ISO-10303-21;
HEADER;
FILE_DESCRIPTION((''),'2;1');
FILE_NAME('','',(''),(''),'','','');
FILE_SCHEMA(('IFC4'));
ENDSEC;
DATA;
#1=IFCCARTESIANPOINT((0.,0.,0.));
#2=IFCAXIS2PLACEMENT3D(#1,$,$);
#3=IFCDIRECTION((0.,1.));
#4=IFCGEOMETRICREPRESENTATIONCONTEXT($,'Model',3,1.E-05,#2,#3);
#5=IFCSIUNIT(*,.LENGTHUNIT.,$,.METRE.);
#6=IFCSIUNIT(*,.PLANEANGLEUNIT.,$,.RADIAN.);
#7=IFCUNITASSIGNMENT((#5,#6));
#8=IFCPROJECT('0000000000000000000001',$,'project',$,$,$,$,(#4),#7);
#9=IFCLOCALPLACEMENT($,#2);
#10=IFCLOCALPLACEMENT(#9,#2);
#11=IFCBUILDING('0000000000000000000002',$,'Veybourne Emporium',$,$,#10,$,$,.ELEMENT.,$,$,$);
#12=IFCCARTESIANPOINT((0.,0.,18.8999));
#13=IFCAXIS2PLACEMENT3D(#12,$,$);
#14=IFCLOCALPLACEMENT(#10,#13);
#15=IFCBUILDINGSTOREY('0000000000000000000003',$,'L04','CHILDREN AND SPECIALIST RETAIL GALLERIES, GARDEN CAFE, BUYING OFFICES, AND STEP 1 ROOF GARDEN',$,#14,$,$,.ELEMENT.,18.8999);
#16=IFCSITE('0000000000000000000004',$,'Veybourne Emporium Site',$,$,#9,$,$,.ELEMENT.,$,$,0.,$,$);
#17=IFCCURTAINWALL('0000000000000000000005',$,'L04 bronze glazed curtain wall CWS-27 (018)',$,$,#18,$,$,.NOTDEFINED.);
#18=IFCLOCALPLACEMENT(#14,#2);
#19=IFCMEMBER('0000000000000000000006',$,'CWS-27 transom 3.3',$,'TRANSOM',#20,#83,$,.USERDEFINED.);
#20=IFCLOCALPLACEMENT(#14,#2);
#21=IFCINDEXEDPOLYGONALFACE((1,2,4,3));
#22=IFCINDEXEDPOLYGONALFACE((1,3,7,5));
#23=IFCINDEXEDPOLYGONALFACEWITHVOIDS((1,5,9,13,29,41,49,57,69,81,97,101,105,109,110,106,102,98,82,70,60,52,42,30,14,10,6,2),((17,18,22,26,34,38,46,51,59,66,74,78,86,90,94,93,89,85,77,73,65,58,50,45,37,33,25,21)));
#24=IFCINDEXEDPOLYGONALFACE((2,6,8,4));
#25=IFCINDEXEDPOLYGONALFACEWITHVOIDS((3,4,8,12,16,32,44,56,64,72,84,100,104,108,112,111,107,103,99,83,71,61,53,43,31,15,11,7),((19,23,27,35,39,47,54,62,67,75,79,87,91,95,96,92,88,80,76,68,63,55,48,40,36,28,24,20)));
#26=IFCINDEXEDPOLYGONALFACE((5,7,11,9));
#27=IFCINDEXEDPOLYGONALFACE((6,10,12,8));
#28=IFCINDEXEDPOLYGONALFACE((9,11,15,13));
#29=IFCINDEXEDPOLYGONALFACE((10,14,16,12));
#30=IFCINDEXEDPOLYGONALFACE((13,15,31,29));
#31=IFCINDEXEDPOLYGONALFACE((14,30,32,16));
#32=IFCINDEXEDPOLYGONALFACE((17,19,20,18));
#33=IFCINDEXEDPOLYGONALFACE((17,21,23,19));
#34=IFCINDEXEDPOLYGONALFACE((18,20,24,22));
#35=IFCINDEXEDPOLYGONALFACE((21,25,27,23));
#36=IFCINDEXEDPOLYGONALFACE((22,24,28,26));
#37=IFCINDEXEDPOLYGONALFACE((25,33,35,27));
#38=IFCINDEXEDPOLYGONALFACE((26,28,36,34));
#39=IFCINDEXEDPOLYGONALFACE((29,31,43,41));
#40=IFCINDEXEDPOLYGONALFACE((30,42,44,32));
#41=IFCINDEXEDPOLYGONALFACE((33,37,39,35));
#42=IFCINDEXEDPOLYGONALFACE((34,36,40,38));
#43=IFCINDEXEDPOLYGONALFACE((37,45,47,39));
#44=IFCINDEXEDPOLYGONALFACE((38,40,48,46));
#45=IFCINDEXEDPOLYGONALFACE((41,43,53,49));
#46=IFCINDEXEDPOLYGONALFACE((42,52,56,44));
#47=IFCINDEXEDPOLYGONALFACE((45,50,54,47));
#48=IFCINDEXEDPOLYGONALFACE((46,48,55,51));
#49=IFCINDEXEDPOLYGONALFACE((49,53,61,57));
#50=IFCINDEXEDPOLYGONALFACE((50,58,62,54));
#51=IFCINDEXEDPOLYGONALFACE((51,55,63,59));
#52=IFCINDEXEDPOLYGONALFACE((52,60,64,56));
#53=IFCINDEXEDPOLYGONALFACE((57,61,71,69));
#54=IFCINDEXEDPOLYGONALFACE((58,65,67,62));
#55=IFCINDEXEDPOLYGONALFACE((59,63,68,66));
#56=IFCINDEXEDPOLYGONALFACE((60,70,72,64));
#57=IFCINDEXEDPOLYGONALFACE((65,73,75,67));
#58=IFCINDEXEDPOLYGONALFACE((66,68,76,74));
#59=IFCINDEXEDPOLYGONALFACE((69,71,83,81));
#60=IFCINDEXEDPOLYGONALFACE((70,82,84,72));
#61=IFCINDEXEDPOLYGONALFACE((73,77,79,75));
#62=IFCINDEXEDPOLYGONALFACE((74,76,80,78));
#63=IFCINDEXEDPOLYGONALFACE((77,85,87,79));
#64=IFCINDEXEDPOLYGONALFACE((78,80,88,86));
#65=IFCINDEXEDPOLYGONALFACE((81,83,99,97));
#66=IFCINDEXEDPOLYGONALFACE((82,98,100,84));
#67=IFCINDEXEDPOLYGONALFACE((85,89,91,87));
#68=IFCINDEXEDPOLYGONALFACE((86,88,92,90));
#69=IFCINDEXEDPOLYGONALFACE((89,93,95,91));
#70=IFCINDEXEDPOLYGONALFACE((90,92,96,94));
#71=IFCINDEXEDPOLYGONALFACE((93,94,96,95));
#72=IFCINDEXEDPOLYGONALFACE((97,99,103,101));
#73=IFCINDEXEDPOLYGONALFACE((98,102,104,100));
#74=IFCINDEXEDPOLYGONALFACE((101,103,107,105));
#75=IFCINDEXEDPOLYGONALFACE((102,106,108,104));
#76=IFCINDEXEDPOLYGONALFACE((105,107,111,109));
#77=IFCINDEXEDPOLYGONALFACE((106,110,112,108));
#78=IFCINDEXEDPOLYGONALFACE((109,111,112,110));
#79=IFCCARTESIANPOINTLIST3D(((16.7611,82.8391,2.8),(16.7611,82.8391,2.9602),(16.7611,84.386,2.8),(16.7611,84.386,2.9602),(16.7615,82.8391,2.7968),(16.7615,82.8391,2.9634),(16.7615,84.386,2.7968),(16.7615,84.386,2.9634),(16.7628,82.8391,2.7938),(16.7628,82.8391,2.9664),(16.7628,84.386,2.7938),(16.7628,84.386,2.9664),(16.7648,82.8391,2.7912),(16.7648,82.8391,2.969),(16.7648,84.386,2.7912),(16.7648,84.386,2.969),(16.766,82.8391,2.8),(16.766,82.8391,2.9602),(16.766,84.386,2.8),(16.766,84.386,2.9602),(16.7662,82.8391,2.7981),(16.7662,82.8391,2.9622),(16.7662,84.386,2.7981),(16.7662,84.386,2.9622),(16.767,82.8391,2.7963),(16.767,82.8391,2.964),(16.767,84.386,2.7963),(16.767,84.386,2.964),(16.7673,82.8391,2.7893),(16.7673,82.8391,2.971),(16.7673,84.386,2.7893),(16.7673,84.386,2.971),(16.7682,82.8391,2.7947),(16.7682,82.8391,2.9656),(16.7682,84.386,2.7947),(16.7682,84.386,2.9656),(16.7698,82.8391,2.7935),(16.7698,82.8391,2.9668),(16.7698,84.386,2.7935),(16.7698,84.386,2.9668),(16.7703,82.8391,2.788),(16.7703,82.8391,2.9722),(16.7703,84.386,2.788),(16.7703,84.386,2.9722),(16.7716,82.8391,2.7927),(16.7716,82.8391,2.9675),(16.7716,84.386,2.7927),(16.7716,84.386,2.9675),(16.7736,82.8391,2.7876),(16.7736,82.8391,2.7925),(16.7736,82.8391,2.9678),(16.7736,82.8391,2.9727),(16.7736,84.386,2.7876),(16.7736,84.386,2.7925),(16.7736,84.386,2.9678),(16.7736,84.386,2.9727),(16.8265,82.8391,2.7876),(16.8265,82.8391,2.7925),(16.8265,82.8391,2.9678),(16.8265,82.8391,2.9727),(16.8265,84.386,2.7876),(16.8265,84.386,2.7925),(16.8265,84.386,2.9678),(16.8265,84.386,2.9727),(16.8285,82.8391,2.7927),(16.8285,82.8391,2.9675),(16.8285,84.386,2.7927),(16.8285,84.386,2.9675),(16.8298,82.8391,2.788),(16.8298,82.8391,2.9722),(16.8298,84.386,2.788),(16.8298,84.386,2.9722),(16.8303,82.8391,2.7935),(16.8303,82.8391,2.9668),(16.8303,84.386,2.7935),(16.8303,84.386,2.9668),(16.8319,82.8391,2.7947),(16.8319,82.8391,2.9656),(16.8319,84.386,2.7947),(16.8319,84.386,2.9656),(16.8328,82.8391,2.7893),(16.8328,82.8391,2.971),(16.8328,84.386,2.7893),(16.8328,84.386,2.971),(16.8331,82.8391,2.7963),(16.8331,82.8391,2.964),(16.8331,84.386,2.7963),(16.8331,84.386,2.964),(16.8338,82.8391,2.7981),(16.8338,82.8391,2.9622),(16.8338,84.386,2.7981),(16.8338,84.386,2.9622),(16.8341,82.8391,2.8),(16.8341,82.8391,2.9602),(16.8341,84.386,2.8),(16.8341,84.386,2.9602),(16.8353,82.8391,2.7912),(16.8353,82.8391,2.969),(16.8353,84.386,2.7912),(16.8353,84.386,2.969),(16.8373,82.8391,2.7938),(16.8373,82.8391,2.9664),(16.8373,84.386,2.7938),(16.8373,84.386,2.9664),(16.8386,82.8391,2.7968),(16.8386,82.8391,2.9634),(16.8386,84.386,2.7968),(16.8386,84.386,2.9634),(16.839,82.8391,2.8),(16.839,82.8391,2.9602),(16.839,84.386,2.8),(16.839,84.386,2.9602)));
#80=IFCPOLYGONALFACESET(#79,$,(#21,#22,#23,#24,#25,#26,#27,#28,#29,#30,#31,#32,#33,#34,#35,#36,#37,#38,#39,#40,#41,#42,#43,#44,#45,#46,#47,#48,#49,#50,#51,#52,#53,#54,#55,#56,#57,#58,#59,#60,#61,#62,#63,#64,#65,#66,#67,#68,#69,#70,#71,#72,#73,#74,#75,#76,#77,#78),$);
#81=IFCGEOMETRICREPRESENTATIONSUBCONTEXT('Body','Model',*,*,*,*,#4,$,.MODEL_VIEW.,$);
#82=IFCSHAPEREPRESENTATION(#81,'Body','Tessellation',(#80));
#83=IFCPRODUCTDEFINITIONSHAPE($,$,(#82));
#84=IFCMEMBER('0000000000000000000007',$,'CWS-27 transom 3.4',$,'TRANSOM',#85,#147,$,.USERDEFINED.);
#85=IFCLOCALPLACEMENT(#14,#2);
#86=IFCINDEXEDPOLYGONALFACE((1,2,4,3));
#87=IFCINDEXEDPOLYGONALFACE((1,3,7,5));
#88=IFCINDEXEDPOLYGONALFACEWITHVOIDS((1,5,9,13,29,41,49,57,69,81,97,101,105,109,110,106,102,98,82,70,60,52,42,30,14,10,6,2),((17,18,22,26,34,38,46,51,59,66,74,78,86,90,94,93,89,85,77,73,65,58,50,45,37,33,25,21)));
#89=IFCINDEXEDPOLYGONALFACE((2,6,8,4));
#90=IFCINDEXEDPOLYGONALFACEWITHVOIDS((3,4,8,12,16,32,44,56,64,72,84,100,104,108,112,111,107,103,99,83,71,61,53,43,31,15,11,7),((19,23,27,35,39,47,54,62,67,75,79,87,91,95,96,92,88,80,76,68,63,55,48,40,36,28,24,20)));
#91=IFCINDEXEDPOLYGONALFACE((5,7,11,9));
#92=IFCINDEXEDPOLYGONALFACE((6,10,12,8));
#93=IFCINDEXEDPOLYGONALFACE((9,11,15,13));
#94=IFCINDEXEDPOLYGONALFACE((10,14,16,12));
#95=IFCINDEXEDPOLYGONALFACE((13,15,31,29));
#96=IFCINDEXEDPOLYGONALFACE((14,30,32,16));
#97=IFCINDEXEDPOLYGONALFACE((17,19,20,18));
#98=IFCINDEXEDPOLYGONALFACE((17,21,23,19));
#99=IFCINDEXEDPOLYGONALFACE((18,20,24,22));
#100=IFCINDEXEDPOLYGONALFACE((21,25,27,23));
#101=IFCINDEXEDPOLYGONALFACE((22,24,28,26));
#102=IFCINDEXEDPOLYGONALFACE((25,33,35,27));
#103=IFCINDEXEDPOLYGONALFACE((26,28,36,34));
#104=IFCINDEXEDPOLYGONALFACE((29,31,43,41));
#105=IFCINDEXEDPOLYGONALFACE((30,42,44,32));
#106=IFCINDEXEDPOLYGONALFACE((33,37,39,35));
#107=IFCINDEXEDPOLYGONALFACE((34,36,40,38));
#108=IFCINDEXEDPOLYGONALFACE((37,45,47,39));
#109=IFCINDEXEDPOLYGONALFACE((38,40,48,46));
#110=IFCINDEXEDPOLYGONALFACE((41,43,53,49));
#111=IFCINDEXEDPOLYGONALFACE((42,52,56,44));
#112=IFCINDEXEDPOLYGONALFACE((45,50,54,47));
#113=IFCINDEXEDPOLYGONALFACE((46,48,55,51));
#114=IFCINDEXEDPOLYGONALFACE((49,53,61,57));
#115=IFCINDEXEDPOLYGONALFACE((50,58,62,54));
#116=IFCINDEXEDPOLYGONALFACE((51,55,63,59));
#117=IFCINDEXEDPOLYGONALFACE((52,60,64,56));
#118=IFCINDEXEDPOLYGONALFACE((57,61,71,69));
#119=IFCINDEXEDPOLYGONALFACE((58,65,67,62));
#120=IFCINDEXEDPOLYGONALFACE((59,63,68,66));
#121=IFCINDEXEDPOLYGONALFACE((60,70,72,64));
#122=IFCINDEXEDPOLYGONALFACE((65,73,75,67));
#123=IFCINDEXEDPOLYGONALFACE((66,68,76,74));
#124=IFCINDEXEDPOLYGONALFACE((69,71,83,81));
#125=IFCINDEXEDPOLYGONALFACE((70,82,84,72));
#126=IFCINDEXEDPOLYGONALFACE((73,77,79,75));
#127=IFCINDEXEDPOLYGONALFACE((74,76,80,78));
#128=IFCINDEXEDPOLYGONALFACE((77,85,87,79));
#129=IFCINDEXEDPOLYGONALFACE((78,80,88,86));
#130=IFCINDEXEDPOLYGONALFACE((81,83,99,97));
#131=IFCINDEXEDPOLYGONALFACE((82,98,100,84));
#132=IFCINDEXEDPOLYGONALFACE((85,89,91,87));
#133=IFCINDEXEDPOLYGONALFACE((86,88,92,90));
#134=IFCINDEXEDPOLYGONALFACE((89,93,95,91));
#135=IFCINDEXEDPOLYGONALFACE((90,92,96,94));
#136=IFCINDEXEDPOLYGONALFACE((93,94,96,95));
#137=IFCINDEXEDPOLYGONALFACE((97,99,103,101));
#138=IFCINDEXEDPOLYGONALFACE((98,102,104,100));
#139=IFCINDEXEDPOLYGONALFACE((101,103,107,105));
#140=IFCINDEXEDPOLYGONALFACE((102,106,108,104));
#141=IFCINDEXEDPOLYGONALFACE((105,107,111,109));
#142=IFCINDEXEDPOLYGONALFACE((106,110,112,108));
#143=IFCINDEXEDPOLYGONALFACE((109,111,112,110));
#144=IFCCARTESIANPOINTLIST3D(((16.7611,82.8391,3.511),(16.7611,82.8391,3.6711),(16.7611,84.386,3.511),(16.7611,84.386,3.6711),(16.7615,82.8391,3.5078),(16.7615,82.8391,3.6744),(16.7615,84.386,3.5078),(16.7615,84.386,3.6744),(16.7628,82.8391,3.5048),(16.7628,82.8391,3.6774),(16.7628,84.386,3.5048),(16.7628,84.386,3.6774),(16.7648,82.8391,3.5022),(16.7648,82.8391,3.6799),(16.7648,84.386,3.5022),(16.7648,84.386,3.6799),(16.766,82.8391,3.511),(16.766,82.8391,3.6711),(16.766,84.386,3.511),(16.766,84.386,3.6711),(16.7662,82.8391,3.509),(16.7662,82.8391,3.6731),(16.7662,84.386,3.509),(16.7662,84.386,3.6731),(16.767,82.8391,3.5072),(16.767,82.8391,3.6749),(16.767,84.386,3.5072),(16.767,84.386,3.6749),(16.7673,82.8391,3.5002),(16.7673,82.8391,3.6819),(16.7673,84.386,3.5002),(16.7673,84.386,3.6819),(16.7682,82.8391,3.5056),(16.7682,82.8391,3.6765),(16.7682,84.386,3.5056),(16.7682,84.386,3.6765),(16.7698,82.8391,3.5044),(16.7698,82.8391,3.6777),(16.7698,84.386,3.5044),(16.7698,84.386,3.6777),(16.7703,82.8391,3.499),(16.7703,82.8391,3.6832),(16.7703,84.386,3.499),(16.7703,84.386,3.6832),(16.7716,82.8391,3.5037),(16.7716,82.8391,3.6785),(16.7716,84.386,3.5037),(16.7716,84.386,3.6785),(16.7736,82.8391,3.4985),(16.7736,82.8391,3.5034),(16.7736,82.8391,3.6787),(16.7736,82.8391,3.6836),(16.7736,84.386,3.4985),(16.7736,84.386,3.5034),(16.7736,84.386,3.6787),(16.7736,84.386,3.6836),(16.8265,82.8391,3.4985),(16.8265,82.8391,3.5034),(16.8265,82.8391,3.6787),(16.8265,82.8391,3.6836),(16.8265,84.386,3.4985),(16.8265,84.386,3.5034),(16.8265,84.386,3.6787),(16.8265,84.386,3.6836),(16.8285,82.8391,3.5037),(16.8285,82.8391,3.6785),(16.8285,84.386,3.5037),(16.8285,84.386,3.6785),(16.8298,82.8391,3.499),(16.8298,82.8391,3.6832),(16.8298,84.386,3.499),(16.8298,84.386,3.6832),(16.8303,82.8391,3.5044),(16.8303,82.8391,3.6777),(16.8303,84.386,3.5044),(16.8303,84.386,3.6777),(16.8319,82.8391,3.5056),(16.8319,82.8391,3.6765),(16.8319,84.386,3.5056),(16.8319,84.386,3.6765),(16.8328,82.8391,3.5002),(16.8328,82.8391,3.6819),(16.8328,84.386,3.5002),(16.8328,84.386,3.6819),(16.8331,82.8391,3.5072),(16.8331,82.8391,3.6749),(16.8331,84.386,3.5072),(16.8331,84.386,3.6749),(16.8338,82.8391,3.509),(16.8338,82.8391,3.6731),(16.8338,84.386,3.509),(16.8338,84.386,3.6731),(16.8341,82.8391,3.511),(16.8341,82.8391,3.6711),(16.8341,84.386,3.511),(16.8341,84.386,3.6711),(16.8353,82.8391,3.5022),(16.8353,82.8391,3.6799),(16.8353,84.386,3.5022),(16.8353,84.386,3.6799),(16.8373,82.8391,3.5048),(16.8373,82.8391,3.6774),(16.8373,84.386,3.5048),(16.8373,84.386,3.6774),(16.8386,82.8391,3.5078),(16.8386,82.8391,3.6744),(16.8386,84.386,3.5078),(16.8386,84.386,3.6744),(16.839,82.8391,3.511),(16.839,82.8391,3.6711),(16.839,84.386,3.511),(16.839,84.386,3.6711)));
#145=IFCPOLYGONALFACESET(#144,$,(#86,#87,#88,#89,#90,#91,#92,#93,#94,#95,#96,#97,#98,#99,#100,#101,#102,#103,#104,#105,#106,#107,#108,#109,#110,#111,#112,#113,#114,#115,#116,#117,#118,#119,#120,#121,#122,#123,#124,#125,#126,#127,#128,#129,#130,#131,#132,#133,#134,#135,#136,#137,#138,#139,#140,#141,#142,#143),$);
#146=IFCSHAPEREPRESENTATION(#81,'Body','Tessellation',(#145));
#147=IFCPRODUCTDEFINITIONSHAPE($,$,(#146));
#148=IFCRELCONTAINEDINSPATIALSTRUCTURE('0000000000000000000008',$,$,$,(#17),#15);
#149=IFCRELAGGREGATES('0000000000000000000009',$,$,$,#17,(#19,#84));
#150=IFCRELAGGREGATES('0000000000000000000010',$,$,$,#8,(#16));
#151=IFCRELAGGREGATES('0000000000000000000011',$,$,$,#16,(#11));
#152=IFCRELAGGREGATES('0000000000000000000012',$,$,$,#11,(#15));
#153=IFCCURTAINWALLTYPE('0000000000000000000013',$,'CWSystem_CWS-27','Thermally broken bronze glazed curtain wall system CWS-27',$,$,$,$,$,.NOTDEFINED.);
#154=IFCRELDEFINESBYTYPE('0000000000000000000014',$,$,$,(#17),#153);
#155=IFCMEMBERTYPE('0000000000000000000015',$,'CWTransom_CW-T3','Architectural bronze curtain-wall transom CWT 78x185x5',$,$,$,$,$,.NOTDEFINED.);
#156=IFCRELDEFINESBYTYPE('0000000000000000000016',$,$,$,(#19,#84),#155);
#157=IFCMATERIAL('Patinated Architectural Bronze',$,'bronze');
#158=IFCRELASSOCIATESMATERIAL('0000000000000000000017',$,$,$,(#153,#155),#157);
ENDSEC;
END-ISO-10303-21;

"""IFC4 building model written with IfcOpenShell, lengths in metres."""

from ifc_helpers import new_model, si_unit, direction, frame, origin, origin_2d, place, context, subcontext, project, spatial, hollow_rectangle, extrude, material, material_profile, profile_set, type_object, element, aggregate, save


model = new_model("IFC4")

# Units and contexts
model_context = context("Model", 3, precision=1e-05, world=origin(), true_north=direction((0.0, 1.0)))
body_context = subcontext(model_context, "Body", "Model", "MODEL_VIEW")
ifc_project = project(units=[si_unit("LENGTHUNIT", "METRE"), si_unit("PLANEANGLEUNIT", "RADIAN")], contexts=[model_context])

# Site, building, storey
site_placement = place(None, origin())
site = spatial("IfcSite", under=ifc_project, at=site_placement, Name="Veybourne Emporium Site", CompositionType="ELEMENT", RefElevation=0.0)
building_placement = place(site_placement, origin())
building = spatial("IfcBuilding", under=site, at=building_placement, Name="Veybourne Emporium", CompositionType="ELEMENT")
storey_placement = place(building_placement, frame((0.0, 0.0, 18.8999)))
storey = spatial("IfcBuildingStorey", under=building, at=storey_placement, Name="L04", Description="CHILDREN AND SPECIALIST RETAIL GALLERIES, GARDEN CAFE, BUYING OFFICES, AND STEP 1 ROOF GARDEN", CompositionType="ELEMENT", Elevation=18.8999)

# Curtain wall, members
ifc_material_1 = material(Name="Patinated Architectural Bronze", Category="bronze")
curtain_wall_type = type_object("IfcCurtainWallType", Name="CWSystem_CWS-27", Description="Thermally broken bronze glazed curtain wall system CWS-27", PredefinedType="NOTDEFINED", material=ifc_material_1)
curtain_wall_placement = place(storey_placement, origin())
curtain_wall = element("IfcCurtainWall", 1, at=curtain_wall_placement, inside=storey, type_object=curtain_wall_type, Name="L04 bronze glazed curtain wall CWS-27 (018)", PredefinedType="NOTDEFINED")
ifc_material_profile_1 = material_profile(ifc_material_1, hollow_rectangle(XDim=0.0779, YDim=0.1851, WallThickness=0.0049, InnerFilletRadius=0.0076, OuterFilletRadius=0.0125, at=origin_2d()), Name="CWT 78x185x5")
ifc_profile_set_1 = profile_set([ifc_material_profile_1], Name="Patinated Architectural Bronze")
member_type_1 = type_object("IfcMemberType", Name="CWTransom_CW-T3", Description="Architectural bronze curtain-wall transom CWT 78x185x5", PredefinedType="NOTDEFINED", material=ifc_profile_set_1)
member_1_placement = place(storey_placement, frame((16.8, 82.8391, 2.8801), z_axis=(0.0, 1.0, 0.0), x_axis=(-1.0, 0.0, 0.0)))
member_1 = element("IfcMember", 2, at=member_1_placement, type_object=member_type_1, Name="CWS-27 transom 3.3", ObjectType="TRANSOM", PredefinedType="USERDEFINED", context=body_context, shape_type="SweptSolid", body=[
    extrude(hollow_rectangle(XDim=0.0779, YDim=0.1851, WallThickness=0.0049, InnerFilletRadius=0.0076, OuterFilletRadius=0.0125, at=origin_2d()), origin(), (0.0, 0.0, 1.0), 1.5469),
])
member_2_placement = place(storey_placement, frame((16.8, 82.8391, 3.5911), z_axis=(0.0, 1.0, 0.0), x_axis=(-1.0, 0.0, 0.0)))
member_2 = element("IfcMember", 3, at=member_2_placement, type_object=member_type_1, Name="CWS-27 transom 3.4", ObjectType="TRANSOM", PredefinedType="USERDEFINED", context=body_context, shape_type="SweptSolid", body=[
    extrude(hollow_rectangle(XDim=0.0779, YDim=0.1851, WallThickness=0.0049, InnerFilletRadius=0.0076, OuterFilletRadius=0.0125, at=origin_2d()), origin(), (0.0, 0.0, 1.0), 1.5469),
])

aggregate(curtain_wall, [member_1, member_2])

save(model, "model.ifc")
